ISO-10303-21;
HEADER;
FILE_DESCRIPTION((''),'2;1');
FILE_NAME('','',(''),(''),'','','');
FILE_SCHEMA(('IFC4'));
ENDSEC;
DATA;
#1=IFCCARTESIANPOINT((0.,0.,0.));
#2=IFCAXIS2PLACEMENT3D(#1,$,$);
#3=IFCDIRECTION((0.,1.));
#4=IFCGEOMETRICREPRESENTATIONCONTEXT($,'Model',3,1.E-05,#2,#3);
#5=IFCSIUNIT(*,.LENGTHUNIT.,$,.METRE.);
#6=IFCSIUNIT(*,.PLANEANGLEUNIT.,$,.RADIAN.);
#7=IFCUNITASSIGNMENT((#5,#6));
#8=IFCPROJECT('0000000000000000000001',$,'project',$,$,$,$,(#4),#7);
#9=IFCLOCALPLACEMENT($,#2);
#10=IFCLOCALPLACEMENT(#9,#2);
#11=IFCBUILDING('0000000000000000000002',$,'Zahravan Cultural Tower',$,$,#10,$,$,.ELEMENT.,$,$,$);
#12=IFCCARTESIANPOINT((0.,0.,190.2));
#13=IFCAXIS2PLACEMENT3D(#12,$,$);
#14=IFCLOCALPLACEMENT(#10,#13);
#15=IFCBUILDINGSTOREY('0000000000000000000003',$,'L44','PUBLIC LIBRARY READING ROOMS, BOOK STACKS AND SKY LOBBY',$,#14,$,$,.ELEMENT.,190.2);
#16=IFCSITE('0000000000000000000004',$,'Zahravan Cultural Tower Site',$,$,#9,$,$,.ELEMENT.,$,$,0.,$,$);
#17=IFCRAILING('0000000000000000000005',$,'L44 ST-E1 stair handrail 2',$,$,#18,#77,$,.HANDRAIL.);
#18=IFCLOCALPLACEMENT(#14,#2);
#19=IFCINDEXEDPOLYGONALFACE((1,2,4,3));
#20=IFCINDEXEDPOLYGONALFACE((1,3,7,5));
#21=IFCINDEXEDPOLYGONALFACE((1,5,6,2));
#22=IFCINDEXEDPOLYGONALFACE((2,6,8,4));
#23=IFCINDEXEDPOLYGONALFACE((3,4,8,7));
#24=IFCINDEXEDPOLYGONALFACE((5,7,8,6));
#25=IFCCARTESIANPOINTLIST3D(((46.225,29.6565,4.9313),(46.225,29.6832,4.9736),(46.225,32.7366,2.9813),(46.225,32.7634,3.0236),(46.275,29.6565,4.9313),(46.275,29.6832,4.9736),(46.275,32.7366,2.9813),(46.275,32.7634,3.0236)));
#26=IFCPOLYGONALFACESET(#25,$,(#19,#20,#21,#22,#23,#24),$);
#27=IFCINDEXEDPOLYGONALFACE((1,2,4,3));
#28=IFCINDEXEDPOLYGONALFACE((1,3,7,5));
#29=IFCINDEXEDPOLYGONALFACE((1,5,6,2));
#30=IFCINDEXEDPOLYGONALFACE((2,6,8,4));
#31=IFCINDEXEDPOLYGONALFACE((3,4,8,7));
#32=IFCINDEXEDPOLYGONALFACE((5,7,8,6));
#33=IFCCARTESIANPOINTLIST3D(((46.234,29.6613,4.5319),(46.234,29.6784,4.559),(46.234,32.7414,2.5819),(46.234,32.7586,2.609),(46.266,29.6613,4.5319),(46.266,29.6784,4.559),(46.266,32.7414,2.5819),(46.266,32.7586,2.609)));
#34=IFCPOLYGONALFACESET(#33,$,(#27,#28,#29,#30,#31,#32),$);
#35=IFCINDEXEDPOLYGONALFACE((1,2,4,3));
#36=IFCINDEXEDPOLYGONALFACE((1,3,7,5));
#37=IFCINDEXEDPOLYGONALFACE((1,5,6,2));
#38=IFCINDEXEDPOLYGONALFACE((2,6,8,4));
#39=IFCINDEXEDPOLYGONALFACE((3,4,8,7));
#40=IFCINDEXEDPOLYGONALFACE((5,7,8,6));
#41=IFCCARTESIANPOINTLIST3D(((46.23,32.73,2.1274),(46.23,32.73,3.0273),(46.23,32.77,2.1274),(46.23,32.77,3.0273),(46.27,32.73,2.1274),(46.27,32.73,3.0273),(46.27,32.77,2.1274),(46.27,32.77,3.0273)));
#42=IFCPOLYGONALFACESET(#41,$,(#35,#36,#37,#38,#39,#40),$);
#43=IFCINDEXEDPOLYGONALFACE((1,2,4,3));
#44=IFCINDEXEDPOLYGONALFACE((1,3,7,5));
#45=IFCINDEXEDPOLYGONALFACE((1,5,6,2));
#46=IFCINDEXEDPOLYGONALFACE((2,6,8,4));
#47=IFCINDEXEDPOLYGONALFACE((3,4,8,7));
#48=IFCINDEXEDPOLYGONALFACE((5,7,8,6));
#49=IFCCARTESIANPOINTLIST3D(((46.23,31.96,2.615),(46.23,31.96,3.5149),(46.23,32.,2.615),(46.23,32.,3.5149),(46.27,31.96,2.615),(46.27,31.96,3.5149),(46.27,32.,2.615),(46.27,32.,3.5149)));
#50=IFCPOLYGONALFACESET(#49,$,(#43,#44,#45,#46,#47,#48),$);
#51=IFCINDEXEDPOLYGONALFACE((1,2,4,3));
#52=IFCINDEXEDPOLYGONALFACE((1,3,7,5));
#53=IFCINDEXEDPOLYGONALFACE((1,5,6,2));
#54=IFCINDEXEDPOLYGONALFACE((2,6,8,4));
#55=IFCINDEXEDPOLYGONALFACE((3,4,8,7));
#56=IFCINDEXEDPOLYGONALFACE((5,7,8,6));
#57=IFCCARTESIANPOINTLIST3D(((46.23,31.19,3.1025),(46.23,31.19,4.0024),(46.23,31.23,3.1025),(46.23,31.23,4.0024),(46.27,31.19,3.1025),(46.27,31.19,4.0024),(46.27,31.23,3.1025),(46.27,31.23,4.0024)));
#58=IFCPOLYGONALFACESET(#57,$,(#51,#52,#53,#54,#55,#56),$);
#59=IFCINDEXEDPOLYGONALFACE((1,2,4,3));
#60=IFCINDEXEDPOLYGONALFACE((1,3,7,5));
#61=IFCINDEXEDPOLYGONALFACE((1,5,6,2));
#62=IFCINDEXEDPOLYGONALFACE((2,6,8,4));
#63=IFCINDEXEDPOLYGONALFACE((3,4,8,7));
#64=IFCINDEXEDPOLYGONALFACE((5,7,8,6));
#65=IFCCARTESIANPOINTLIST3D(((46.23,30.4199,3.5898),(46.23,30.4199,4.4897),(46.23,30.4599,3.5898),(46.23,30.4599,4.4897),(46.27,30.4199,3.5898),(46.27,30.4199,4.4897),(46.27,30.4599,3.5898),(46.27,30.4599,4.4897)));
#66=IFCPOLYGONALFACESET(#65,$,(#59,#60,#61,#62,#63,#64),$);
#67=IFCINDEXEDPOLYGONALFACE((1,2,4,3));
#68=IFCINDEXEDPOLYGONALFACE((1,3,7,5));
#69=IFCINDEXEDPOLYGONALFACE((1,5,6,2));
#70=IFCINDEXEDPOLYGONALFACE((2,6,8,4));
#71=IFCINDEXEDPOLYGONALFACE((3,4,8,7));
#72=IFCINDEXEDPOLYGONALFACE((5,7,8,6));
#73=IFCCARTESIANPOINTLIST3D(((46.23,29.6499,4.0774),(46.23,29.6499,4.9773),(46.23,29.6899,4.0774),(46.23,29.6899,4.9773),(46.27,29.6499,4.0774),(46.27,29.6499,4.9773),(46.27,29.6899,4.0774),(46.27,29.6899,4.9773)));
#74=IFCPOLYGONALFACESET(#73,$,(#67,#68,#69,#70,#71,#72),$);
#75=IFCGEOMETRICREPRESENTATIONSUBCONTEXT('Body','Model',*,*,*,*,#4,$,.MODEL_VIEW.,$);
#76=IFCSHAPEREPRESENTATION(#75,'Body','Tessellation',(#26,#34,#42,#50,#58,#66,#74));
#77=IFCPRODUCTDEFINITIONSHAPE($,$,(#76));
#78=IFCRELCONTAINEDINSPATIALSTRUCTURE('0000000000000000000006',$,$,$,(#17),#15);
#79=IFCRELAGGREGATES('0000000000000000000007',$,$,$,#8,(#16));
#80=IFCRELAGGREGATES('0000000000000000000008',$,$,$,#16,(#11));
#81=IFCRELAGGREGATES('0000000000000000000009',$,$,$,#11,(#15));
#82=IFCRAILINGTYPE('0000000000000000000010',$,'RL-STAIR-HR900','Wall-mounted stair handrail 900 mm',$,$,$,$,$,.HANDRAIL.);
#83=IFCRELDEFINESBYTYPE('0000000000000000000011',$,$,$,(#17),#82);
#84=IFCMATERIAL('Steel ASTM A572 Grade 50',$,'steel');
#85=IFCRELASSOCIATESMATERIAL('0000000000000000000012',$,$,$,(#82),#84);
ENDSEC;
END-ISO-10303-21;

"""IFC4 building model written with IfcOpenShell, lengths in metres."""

from ifc_helpers import new_model, si_unit, direction, frame, origin, origin_2d, place, context, subcontext, project, spatial, rectangle, extrude, material, type_object, element, save


model = new_model("IFC4")

# Units and contexts
model_context = context("Model", 3, precision=1e-05, world=origin(), true_north=direction((0.0, 1.0)))
body_context = subcontext(model_context, "Body", "Model", "MODEL_VIEW")
ifc_project = project(units=[si_unit("LENGTHUNIT", "METRE"), si_unit("PLANEANGLEUNIT", "RADIAN")], contexts=[model_context])

# Site, building, storey
site_placement = place(None, origin())
site = spatial("IfcSite", under=ifc_project, at=site_placement, Name="Zahravan Cultural Tower Site", CompositionType="ELEMENT", RefElevation=0.0)
building_placement = place(site_placement, origin())
building = spatial("IfcBuilding", under=site, at=building_placement, Name="Zahravan Cultural Tower", CompositionType="ELEMENT")
storey_placement = place(building_placement, frame((0.0, 0.0, 190.2)))
storey = spatial("IfcBuildingStorey", under=building, at=storey_placement, Name="L44", Description="PUBLIC LIBRARY READING ROOMS, BOOK STACKS AND SKY LOBBY", CompositionType="ELEMENT", Elevation=190.2)

# Shared definitions
ifc_material_1 = material(Name="Steel ASTM A572 Grade 50", Category="steel")

# Railing
railing_type_1 = type_object("IfcRailingType", Name="RL-STAIR-HR900", Description="Wall-mounted stair handrail 900 mm", PredefinedType="HANDRAIL", material=ifc_material_1)
railing_1_placement = place(storey_placement, frame((46.25, 32.75, 2.1274)))
element("IfcRailing", 1, at=railing_1_placement, inside=storey, type_object=railing_type_1, Name="L44 ST-E1 stair handrail 2", PredefinedType="HANDRAIL", context=body_context, shape_type="SweptSolid", body=[
    extrude(rectangle(XDim=0.05, YDim=0.05, at=origin_2d()), frame((0.0, 0.0, 0.875), z_axis=(0.0, -0.844914, 0.534902), x_axis=(1.0, 0.0, 0.0)), (0.0, 0.0, 1.0), 3.6455),
    extrude(rectangle(XDim=0.032, YDim=0.032, at=origin_2d()), frame((0.0, 0.0, 0.468), z_axis=(0.0, -0.844914, 0.534902), x_axis=(1.0, 0.0, 0.0)), (0.0, 0.0, 1.0), 3.6455),
    extrude(rectangle(XDim=0.04, YDim=0.04, at=origin_2d()), origin(), (0.0, 0.0, 1.0), 0.8999),
    extrude(rectangle(XDim=0.04, YDim=0.04, at=origin_2d()), frame((0.0, -0.77, 0.4875)), (0.0, 0.0, 1.0), 0.8999),
    extrude(rectangle(XDim=0.04, YDim=0.04, at=origin_2d()), frame((0.0, -1.54, 0.9751)), (0.0, 0.0, 1.0), 0.8999),
    extrude(rectangle(XDim=0.04, YDim=0.04, at=origin_2d()), frame((0.0, -2.3101, 1.4624)), (0.0, 0.0, 1.0), 0.8999),
    extrude(rectangle(XDim=0.04, YDim=0.04, at=origin_2d()), frame((0.0, -3.0801, 1.95)), (0.0, 0.0, 1.0), 0.8999),
])

save(model, "model.ifc")
